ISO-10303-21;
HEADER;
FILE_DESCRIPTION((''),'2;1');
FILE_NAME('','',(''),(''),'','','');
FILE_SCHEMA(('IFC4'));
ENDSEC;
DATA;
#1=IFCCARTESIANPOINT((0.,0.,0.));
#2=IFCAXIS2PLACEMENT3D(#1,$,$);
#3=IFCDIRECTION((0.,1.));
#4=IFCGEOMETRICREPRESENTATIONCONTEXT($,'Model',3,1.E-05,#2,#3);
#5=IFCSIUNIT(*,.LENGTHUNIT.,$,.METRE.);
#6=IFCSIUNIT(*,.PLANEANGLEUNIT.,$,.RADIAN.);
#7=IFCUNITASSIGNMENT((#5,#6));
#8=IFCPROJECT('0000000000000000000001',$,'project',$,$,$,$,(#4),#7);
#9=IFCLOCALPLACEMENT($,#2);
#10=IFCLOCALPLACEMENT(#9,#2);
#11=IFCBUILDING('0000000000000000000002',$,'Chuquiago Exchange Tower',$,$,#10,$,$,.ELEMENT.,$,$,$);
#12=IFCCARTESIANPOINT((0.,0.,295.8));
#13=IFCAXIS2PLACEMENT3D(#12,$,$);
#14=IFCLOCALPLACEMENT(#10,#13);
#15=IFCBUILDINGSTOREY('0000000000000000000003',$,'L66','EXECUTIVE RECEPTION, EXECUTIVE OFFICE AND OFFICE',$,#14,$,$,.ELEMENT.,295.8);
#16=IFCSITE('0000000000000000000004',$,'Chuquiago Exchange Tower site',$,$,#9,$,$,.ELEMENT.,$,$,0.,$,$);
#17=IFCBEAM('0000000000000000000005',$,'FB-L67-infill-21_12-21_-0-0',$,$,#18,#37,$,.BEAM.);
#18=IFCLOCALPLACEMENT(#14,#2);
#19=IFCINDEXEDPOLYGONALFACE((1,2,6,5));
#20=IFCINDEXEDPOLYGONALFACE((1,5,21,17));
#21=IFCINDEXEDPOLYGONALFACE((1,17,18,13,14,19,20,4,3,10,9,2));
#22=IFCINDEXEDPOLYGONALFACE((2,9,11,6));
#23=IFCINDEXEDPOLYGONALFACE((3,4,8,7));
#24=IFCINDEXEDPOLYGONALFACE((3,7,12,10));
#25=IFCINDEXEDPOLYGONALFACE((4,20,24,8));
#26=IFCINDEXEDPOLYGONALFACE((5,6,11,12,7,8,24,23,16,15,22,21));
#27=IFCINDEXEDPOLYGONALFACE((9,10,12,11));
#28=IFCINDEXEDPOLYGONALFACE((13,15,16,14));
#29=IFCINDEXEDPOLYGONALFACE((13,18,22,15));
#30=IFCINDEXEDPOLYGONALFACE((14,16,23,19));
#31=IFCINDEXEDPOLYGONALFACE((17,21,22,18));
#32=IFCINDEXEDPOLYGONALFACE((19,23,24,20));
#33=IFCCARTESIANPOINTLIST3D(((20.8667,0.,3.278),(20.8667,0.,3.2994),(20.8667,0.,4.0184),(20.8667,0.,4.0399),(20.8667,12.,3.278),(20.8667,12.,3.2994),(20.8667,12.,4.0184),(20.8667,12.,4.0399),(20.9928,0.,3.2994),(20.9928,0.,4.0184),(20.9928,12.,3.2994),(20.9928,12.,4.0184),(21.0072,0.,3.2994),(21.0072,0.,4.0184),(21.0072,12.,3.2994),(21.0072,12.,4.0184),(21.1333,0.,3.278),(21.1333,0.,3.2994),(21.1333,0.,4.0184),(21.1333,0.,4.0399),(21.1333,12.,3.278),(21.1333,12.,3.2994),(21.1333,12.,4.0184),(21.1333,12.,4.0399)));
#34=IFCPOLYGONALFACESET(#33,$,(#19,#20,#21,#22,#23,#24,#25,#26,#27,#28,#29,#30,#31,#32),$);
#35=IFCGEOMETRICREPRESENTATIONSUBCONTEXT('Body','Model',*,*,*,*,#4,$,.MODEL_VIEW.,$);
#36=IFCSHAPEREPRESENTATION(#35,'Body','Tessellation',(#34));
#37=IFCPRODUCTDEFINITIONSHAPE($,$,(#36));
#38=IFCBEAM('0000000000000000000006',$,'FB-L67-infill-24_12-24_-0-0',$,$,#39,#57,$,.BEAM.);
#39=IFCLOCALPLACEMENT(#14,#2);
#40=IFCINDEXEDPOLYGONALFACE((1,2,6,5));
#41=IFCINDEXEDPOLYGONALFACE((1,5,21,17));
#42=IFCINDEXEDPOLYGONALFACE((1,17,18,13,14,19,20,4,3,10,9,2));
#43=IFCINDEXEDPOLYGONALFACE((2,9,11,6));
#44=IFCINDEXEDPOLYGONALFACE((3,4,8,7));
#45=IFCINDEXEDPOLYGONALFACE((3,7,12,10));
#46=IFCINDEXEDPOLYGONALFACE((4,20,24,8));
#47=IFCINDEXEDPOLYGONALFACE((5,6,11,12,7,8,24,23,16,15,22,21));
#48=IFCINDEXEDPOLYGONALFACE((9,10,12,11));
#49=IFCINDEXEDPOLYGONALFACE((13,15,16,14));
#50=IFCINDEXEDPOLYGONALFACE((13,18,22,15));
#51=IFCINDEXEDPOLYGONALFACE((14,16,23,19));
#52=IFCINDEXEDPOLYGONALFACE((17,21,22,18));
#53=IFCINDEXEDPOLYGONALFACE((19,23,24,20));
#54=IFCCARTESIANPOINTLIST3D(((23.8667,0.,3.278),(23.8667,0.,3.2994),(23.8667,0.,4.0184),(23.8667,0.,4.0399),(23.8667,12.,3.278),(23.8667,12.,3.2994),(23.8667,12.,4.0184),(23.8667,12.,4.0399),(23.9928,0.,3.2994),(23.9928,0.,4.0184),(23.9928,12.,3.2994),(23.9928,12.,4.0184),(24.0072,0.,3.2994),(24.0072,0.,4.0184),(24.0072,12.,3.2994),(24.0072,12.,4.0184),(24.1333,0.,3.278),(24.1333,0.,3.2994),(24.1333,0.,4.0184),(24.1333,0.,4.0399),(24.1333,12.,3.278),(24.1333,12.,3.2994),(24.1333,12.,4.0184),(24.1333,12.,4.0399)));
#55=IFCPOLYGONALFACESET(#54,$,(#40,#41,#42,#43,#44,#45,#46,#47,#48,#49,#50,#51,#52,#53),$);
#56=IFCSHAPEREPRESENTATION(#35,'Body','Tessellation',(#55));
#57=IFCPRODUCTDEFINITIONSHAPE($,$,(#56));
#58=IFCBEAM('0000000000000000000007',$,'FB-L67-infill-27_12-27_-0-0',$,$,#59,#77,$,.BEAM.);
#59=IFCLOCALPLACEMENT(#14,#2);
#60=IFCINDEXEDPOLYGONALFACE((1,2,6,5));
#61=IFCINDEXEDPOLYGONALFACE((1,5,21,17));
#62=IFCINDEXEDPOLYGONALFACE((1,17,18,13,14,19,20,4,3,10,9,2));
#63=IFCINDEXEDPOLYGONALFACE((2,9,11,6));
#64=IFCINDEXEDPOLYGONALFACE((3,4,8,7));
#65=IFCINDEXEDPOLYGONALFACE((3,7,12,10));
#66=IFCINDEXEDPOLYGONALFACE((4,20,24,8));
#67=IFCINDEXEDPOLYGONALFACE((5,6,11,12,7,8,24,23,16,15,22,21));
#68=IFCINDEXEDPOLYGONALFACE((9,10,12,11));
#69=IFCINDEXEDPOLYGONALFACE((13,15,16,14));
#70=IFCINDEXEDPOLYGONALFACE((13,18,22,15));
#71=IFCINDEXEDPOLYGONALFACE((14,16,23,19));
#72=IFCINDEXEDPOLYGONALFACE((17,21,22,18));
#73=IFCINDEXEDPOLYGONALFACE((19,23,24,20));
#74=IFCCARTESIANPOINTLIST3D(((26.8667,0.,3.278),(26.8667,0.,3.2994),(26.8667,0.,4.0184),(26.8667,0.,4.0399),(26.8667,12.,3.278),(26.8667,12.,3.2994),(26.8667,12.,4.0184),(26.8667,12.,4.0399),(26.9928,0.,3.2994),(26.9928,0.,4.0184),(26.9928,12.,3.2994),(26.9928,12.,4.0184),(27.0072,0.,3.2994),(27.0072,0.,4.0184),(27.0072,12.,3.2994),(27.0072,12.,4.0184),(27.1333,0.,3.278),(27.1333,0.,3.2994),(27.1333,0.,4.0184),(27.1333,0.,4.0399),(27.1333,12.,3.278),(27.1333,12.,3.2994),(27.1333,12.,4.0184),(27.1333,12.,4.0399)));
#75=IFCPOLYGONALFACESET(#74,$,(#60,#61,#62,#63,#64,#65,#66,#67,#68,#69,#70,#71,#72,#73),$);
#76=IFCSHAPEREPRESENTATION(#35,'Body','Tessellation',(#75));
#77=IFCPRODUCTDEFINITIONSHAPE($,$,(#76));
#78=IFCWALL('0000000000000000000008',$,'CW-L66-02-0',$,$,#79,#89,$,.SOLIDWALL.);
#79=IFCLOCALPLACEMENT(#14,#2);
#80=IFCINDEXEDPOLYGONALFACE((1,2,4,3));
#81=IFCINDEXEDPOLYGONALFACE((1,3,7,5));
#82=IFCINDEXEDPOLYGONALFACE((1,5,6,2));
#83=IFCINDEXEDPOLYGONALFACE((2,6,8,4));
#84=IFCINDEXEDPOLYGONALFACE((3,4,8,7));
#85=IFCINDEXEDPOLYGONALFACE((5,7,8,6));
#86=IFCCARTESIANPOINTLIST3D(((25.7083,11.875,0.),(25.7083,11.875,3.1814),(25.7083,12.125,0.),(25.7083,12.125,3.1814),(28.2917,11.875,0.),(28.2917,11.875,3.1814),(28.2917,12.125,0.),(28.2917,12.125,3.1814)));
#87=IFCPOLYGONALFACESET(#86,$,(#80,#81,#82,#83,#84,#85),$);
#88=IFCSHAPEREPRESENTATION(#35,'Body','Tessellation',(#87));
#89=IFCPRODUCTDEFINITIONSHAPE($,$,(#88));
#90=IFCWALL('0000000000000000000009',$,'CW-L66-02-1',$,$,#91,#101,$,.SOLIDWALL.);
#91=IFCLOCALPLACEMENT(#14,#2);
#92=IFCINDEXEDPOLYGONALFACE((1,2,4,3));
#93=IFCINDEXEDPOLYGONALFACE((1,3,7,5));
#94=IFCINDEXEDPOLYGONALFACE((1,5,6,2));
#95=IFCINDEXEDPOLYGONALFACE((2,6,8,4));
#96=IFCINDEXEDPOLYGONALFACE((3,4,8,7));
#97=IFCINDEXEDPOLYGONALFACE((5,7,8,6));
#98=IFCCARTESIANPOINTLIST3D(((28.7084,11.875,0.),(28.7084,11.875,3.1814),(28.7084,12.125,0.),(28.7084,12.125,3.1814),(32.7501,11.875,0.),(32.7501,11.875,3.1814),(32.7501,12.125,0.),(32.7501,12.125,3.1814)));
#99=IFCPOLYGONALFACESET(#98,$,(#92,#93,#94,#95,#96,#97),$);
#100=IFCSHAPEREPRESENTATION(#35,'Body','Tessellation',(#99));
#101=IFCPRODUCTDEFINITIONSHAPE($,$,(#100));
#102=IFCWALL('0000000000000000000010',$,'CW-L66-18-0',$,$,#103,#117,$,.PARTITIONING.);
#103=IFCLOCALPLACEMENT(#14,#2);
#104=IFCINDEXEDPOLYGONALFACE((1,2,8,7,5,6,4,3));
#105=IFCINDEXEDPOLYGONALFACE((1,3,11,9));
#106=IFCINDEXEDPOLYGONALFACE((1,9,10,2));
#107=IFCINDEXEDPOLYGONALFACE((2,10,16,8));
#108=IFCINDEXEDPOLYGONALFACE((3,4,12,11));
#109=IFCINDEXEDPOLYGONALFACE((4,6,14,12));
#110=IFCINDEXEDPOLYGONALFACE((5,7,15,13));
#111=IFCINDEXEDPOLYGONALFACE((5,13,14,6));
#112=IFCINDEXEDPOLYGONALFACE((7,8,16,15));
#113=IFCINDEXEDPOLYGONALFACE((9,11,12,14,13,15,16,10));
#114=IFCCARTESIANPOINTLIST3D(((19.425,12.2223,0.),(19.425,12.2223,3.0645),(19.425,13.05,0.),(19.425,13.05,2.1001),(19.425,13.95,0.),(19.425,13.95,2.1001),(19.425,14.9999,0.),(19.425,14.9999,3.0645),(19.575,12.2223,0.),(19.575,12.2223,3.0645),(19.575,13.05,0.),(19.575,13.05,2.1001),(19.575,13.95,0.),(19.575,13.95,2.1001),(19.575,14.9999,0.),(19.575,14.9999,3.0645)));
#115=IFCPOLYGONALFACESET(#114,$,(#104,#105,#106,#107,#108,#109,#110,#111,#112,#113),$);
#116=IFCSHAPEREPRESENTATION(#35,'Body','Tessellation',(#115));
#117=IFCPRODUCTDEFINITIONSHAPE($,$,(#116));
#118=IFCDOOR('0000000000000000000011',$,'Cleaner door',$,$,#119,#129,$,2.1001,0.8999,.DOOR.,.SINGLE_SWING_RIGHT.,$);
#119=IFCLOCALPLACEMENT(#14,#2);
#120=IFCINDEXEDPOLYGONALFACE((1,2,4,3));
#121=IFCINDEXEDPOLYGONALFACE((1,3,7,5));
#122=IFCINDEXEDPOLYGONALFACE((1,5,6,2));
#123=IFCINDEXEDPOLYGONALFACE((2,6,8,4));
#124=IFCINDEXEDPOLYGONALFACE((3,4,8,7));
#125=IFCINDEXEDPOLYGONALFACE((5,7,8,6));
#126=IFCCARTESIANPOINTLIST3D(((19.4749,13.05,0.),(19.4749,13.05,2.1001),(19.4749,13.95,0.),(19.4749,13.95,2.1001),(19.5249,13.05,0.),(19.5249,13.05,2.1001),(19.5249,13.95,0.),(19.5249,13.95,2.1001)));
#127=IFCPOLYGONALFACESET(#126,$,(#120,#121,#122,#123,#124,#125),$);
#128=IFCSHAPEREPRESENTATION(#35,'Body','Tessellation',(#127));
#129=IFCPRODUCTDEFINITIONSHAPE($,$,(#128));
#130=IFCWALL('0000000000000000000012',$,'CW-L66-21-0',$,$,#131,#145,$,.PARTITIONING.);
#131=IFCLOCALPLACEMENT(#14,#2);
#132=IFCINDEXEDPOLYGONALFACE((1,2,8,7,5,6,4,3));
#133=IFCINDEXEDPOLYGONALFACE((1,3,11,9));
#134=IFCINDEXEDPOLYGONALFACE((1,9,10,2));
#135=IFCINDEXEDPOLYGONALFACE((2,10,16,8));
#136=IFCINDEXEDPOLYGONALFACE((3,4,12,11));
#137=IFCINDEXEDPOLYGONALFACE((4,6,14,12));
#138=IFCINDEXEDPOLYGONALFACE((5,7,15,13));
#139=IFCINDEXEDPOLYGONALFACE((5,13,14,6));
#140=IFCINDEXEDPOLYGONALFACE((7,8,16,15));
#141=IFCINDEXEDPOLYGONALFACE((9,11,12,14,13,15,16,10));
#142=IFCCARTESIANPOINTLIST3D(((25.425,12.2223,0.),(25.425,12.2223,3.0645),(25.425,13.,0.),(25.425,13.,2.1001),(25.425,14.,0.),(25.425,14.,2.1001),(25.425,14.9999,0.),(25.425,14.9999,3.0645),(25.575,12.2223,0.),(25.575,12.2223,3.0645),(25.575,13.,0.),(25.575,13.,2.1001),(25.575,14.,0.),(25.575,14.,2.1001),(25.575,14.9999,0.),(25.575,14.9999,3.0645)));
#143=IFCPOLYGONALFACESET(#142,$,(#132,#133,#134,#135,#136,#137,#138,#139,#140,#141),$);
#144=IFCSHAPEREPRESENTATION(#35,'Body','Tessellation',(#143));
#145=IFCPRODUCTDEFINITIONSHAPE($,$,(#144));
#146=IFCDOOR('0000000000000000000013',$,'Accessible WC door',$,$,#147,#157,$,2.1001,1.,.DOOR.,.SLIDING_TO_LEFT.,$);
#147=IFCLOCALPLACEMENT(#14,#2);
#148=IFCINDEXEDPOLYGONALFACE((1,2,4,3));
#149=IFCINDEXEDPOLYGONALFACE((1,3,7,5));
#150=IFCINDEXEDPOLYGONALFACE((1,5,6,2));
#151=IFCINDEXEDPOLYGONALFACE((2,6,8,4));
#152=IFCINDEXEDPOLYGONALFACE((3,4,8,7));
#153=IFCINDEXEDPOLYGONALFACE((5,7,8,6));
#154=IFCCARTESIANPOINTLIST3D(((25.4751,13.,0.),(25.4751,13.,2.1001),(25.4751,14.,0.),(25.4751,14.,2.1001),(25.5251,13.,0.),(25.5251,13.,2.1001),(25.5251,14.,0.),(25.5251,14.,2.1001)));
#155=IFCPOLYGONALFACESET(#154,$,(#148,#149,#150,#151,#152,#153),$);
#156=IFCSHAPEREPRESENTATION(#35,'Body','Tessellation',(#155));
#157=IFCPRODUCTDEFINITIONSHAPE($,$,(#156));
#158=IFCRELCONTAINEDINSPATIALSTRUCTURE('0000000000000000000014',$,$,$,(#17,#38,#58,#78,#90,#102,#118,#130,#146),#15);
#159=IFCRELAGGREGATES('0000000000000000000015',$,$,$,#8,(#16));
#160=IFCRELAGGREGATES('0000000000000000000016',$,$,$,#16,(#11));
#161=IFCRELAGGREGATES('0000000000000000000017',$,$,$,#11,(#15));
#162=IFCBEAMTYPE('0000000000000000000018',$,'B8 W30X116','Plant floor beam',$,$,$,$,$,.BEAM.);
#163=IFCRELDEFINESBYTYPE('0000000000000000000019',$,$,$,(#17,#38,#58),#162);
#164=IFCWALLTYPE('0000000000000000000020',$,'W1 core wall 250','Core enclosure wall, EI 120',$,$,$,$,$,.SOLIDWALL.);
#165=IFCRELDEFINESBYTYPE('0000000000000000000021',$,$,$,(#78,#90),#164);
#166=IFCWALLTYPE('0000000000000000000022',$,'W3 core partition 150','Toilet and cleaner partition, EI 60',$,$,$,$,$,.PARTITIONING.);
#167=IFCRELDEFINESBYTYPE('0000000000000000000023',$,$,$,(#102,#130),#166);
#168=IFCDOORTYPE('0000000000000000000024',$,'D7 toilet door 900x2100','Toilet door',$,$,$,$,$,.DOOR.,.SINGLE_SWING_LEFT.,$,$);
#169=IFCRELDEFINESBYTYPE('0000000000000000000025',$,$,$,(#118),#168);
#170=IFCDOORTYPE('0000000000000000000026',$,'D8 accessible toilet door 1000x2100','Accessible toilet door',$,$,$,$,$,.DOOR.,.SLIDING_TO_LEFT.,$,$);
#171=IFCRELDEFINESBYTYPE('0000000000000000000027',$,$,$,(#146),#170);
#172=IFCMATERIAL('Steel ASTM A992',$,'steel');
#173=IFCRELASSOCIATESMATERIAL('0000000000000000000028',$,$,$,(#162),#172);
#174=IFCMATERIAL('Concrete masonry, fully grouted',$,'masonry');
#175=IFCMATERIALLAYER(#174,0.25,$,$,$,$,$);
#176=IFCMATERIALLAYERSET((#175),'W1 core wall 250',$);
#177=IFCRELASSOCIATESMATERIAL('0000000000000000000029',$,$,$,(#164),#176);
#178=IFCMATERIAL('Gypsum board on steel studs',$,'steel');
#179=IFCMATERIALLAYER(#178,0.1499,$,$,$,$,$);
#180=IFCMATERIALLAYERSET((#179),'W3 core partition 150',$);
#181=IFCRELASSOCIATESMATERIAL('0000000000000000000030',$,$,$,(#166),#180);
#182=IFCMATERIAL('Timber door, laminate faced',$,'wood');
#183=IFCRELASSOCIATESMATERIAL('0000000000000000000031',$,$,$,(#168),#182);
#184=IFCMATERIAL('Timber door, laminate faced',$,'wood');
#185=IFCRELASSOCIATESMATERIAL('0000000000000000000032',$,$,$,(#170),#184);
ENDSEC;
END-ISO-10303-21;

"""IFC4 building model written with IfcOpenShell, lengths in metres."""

from ifc_helpers import new_model, si_unit, direction, frame, frame_2d, origin, origin_2d, place, context, subcontext, project, spatial, rectangle, i_section, extrude, material, layer, layer_set, material_profile, profile_set, type_object, element, fill, save


model = new_model("IFC4")

# Units and contexts
model_context = context("Model", 3, precision=1e-05, world=origin(), true_north=direction((0.0, 1.0)))
body_context = subcontext(model_context, "Body", "Model", "MODEL_VIEW")
ifc_project = project(units=[si_unit("LENGTHUNIT", "METRE"), si_unit("PLANEANGLEUNIT", "RADIAN")], contexts=[model_context])

# Site, building, storey
site_placement = place(None, origin())
site = spatial("IfcSite", under=ifc_project, at=site_placement, Name="Chuquiago Exchange Tower site", CompositionType="ELEMENT", RefElevation=0.0)
building_placement = place(site_placement, origin())
building = spatial("IfcBuilding", under=site, at=building_placement, Name="Chuquiago Exchange Tower", CompositionType="ELEMENT")
storey_placement = place(building_placement, frame((0.0, 0.0, 295.8)))
storey = spatial("IfcBuildingStorey", under=building, at=storey_placement, Name="L66", Description="EXECUTIVE RECEPTION, EXECUTIVE OFFICE AND OFFICE", CompositionType="ELEMENT", Elevation=295.8)

# Beams
ifc_material_1 = material(Name="Steel ASTM A992", Category="steel")
ifc_material_profile_1 = material_profile(ifc_material_1, i_section(OverallWidth=0.2666, OverallDepth=0.762, WebThickness=0.0144, FlangeThickness=0.0215, at=origin_2d()), Name="W30X116")
ifc_profile_set_1 = profile_set([ifc_material_profile_1], Name="Steel ASTM A992")
beam_type_1 = type_object("IfcBeamType", Name="B8 W30X116", Description="Plant floor beam", PredefinedType="BEAM", material=ifc_profile_set_1)
for number, where, z_axis, x_axis, name in (
    (1, (21.0, 12.0, 3.6589), (0.0, -1.0, 0.0), (1.0, 0.0, 0.0), "FB-L67-infill-21_12-21_-0-0"),
    (2, (24.0, 12.0, 3.6589), (0.0, -1.0, 0.0), (1.0, 0.0, 0.0), "FB-L67-infill-24_12-24_-0-0"),
    (3, (27.0, 12.0, 3.6589), (0.0, -1.0, 0.0), (1.0, 0.0, 0.0), "FB-L67-infill-27_12-27_-0-0"),
):
    element("IfcBeam", number, at=place(storey_placement, frame(where, z_axis=z_axis, x_axis=x_axis)), inside=storey, type_object=beam_type_1, Name=name, PredefinedType="BEAM", context=body_context, shape_type="SweptSolid", body=[
        extrude(i_section(OverallWidth=0.2666, OverallDepth=0.762, WebThickness=0.0144, FlangeThickness=0.0215, at=origin_2d()), origin(), (0.0, 0.0, 1.0), 12.0),
    ])

# Walls
ifc_material_2 = material(Name="Concrete masonry, fully grouted", Category="masonry")
ifc_layer_1 = layer(ifc_material_2, 0.25)
ifc_layer_set_1 = layer_set([ifc_layer_1], Name="W1 core wall 250")
wall_type_1 = type_object("IfcWallType", Name="W1 core wall 250", Description="Core enclosure wall, EI 120", PredefinedType="SOLIDWALL", material=ifc_layer_set_1)
wall_1_placement = place(storey_placement, frame((25.7083, 12.0, 0.0), z_axis=(0.0, 0.0, 1.0), x_axis=(1.0, 0.0, 0.0)))
element("IfcWall", 4, at=wall_1_placement, inside=storey, type_object=wall_type_1, Name="CW-L66-02-0", PredefinedType="SOLIDWALL", context=body_context, shape_type="SweptSolid", body=[
    extrude(rectangle(XDim=2.5835, YDim=0.25, at=frame_2d((1.2917, 0.0))), origin(), (0.0, 0.0, 1.0), 3.1814),
])
wall_2_placement = place(storey_placement, frame((28.7083, 12.0, 0.0), z_axis=(0.0, 0.0, 1.0), x_axis=(1.0, 0.0, 0.0)))
element("IfcWall", 5, at=wall_2_placement, inside=storey, type_object=wall_type_1, Name="CW-L66-02-1", PredefinedType="SOLIDWALL", context=body_context, shape_type="SweptSolid", body=[
    extrude(rectangle(XDim=4.0417, YDim=0.25, at=frame_2d((2.021, 0.0))), origin(), (0.0, 0.0, 1.0), 3.1814),
])

# Walls, openings, doors
ifc_material_3 = material(Name="Gypsum board on steel studs", Category="steel")
ifc_layer_2 = layer(ifc_material_3, 0.1499)
ifc_layer_set_2 = layer_set([ifc_layer_2], Name="W3 core partition 150")
wall_type_2 = type_object("IfcWallType", Name="W3 core partition 150", Description="Toilet and cleaner partition, EI 60", PredefinedType="PARTITIONING", material=ifc_layer_set_2)
wall_3_placement = place(storey_placement, frame((19.5, 12.2224, 0.0), z_axis=(0.0, 0.0, 1.0), x_axis=(0.0, 1.0, 0.0)))
wall_3 = element("IfcWall", 6, at=wall_3_placement, inside=storey, type_object=wall_type_2, Name="CW-L66-18-0", PredefinedType="PARTITIONING", context=body_context, shape_type="SweptSolid", body=[
    extrude(rectangle(XDim=2.7776, YDim=0.1499, at=frame_2d((1.3887, 0.0))), origin(), (0.0, 0.0, 1.0), 3.0645),
])
opening_1_placement = place(wall_3_placement, frame((0.8276, 0.0, 0.0)))
opening_1 = element("IfcOpeningElement", 7, at=opening_1_placement, cuts=wall_3, PredefinedType="OPENING", context=body_context, shape_type="SweptSolid", body=[
    extrude(rectangle(XDim=0.8999, YDim=2.1001, at=frame_2d((0.45, 1.05))), frame((0.0, 0.085, 0.0), z_axis=(0.0, -1.0, 0.0), x_axis=(1.0, 0.0, 0.0)), (0.0, 0.0, 1.0), 0.1699),
])
ifc_material_4 = material(Name="Timber door, laminate faced", Category="wood")
door_type_1 = type_object("IfcDoorType", Name="D7 toilet door 900x2100", Description="Toilet door", OperationType="SINGLE_SWING_LEFT", PredefinedType="DOOR", material=ifc_material_4)
door_1_placement = place(opening_1_placement, frame((0.8999, 0.0, 0.0), z_axis=(0.0, 0.0, 1.0), x_axis=(-1.0, 0.0, 0.0)))
door_1 = element("IfcDoor", 8, at=door_1_placement, inside=storey, type_object=door_type_1, Name="Cleaner door", OperationType="SINGLE_SWING_RIGHT", OverallHeight=2.1001, OverallWidth=0.8999, PredefinedType="DOOR", context=body_context, shape_type="SweptSolid", body=[
    extrude(rectangle(XDim=0.8999, YDim=2.1001, at=frame_2d((0.45, 1.05))), frame((0.0, 0.0249, 0.0), z_axis=(0.0, -1.0, 0.0), x_axis=(1.0, 0.0, 0.0)), (0.0, 0.0, 1.0), 0.05),
])
fill(opening_1, door_1)
wall_4_placement = place(storey_placement, frame((25.5, 12.2224, 0.0), z_axis=(0.0, 0.0, 1.0), x_axis=(0.0, 1.0, 0.0)))
wall_4 = element("IfcWall", 9, at=wall_4_placement, inside=storey, type_object=wall_type_2, Name="CW-L66-21-0", PredefinedType="PARTITIONING", context=body_context, shape_type="SweptSolid", body=[
    extrude(rectangle(XDim=2.7776, YDim=0.1499, at=frame_2d((1.3887, 0.0))), origin(), (0.0, 0.0, 1.0), 3.0645),
])
opening_2_placement = place(wall_4_placement, frame((0.7776, 0.0, 0.0)))
opening_2 = element("IfcOpeningElement", 10, at=opening_2_placement, cuts=wall_4, PredefinedType="OPENING", context=body_context, shape_type="SweptSolid", body=[
    extrude(rectangle(XDim=1.0, YDim=2.1001, at=frame_2d((0.5, 1.05))), frame((0.0, 0.085, 0.0), z_axis=(0.0, -1.0, 0.0), x_axis=(1.0, 0.0, 0.0)), (0.0, 0.0, 1.0), 0.1699),
])
ifc_material_5 = material(Name="Timber door, laminate faced", Category="wood")
door_type_2 = type_object("IfcDoorType", Name="D8 accessible toilet door 1000x2100", Description="Accessible toilet door", OperationType="SLIDING_TO_LEFT", PredefinedType="DOOR", material=ifc_material_5)
door_2_placement = place(opening_2_placement, origin())
door_2 = element("IfcDoor", 11, at=door_2_placement, inside=storey, type_object=door_type_2, Name="Accessible WC door", OperationType="SLIDING_TO_LEFT", OverallHeight=2.1001, OverallWidth=1.0, PredefinedType="DOOR", context=body_context, shape_type="SweptSolid", body=[
    extrude(rectangle(XDim=1.0, YDim=2.1001, at=frame_2d((0.5, 1.05))), frame((0.0, 0.0249, 0.0), z_axis=(0.0, -1.0, 0.0), x_axis=(1.0, 0.0, 0.0)), (0.0, 0.0, 1.0), 0.05),
])
fill(opening_2, door_2)

save(model, "model.ifc")
